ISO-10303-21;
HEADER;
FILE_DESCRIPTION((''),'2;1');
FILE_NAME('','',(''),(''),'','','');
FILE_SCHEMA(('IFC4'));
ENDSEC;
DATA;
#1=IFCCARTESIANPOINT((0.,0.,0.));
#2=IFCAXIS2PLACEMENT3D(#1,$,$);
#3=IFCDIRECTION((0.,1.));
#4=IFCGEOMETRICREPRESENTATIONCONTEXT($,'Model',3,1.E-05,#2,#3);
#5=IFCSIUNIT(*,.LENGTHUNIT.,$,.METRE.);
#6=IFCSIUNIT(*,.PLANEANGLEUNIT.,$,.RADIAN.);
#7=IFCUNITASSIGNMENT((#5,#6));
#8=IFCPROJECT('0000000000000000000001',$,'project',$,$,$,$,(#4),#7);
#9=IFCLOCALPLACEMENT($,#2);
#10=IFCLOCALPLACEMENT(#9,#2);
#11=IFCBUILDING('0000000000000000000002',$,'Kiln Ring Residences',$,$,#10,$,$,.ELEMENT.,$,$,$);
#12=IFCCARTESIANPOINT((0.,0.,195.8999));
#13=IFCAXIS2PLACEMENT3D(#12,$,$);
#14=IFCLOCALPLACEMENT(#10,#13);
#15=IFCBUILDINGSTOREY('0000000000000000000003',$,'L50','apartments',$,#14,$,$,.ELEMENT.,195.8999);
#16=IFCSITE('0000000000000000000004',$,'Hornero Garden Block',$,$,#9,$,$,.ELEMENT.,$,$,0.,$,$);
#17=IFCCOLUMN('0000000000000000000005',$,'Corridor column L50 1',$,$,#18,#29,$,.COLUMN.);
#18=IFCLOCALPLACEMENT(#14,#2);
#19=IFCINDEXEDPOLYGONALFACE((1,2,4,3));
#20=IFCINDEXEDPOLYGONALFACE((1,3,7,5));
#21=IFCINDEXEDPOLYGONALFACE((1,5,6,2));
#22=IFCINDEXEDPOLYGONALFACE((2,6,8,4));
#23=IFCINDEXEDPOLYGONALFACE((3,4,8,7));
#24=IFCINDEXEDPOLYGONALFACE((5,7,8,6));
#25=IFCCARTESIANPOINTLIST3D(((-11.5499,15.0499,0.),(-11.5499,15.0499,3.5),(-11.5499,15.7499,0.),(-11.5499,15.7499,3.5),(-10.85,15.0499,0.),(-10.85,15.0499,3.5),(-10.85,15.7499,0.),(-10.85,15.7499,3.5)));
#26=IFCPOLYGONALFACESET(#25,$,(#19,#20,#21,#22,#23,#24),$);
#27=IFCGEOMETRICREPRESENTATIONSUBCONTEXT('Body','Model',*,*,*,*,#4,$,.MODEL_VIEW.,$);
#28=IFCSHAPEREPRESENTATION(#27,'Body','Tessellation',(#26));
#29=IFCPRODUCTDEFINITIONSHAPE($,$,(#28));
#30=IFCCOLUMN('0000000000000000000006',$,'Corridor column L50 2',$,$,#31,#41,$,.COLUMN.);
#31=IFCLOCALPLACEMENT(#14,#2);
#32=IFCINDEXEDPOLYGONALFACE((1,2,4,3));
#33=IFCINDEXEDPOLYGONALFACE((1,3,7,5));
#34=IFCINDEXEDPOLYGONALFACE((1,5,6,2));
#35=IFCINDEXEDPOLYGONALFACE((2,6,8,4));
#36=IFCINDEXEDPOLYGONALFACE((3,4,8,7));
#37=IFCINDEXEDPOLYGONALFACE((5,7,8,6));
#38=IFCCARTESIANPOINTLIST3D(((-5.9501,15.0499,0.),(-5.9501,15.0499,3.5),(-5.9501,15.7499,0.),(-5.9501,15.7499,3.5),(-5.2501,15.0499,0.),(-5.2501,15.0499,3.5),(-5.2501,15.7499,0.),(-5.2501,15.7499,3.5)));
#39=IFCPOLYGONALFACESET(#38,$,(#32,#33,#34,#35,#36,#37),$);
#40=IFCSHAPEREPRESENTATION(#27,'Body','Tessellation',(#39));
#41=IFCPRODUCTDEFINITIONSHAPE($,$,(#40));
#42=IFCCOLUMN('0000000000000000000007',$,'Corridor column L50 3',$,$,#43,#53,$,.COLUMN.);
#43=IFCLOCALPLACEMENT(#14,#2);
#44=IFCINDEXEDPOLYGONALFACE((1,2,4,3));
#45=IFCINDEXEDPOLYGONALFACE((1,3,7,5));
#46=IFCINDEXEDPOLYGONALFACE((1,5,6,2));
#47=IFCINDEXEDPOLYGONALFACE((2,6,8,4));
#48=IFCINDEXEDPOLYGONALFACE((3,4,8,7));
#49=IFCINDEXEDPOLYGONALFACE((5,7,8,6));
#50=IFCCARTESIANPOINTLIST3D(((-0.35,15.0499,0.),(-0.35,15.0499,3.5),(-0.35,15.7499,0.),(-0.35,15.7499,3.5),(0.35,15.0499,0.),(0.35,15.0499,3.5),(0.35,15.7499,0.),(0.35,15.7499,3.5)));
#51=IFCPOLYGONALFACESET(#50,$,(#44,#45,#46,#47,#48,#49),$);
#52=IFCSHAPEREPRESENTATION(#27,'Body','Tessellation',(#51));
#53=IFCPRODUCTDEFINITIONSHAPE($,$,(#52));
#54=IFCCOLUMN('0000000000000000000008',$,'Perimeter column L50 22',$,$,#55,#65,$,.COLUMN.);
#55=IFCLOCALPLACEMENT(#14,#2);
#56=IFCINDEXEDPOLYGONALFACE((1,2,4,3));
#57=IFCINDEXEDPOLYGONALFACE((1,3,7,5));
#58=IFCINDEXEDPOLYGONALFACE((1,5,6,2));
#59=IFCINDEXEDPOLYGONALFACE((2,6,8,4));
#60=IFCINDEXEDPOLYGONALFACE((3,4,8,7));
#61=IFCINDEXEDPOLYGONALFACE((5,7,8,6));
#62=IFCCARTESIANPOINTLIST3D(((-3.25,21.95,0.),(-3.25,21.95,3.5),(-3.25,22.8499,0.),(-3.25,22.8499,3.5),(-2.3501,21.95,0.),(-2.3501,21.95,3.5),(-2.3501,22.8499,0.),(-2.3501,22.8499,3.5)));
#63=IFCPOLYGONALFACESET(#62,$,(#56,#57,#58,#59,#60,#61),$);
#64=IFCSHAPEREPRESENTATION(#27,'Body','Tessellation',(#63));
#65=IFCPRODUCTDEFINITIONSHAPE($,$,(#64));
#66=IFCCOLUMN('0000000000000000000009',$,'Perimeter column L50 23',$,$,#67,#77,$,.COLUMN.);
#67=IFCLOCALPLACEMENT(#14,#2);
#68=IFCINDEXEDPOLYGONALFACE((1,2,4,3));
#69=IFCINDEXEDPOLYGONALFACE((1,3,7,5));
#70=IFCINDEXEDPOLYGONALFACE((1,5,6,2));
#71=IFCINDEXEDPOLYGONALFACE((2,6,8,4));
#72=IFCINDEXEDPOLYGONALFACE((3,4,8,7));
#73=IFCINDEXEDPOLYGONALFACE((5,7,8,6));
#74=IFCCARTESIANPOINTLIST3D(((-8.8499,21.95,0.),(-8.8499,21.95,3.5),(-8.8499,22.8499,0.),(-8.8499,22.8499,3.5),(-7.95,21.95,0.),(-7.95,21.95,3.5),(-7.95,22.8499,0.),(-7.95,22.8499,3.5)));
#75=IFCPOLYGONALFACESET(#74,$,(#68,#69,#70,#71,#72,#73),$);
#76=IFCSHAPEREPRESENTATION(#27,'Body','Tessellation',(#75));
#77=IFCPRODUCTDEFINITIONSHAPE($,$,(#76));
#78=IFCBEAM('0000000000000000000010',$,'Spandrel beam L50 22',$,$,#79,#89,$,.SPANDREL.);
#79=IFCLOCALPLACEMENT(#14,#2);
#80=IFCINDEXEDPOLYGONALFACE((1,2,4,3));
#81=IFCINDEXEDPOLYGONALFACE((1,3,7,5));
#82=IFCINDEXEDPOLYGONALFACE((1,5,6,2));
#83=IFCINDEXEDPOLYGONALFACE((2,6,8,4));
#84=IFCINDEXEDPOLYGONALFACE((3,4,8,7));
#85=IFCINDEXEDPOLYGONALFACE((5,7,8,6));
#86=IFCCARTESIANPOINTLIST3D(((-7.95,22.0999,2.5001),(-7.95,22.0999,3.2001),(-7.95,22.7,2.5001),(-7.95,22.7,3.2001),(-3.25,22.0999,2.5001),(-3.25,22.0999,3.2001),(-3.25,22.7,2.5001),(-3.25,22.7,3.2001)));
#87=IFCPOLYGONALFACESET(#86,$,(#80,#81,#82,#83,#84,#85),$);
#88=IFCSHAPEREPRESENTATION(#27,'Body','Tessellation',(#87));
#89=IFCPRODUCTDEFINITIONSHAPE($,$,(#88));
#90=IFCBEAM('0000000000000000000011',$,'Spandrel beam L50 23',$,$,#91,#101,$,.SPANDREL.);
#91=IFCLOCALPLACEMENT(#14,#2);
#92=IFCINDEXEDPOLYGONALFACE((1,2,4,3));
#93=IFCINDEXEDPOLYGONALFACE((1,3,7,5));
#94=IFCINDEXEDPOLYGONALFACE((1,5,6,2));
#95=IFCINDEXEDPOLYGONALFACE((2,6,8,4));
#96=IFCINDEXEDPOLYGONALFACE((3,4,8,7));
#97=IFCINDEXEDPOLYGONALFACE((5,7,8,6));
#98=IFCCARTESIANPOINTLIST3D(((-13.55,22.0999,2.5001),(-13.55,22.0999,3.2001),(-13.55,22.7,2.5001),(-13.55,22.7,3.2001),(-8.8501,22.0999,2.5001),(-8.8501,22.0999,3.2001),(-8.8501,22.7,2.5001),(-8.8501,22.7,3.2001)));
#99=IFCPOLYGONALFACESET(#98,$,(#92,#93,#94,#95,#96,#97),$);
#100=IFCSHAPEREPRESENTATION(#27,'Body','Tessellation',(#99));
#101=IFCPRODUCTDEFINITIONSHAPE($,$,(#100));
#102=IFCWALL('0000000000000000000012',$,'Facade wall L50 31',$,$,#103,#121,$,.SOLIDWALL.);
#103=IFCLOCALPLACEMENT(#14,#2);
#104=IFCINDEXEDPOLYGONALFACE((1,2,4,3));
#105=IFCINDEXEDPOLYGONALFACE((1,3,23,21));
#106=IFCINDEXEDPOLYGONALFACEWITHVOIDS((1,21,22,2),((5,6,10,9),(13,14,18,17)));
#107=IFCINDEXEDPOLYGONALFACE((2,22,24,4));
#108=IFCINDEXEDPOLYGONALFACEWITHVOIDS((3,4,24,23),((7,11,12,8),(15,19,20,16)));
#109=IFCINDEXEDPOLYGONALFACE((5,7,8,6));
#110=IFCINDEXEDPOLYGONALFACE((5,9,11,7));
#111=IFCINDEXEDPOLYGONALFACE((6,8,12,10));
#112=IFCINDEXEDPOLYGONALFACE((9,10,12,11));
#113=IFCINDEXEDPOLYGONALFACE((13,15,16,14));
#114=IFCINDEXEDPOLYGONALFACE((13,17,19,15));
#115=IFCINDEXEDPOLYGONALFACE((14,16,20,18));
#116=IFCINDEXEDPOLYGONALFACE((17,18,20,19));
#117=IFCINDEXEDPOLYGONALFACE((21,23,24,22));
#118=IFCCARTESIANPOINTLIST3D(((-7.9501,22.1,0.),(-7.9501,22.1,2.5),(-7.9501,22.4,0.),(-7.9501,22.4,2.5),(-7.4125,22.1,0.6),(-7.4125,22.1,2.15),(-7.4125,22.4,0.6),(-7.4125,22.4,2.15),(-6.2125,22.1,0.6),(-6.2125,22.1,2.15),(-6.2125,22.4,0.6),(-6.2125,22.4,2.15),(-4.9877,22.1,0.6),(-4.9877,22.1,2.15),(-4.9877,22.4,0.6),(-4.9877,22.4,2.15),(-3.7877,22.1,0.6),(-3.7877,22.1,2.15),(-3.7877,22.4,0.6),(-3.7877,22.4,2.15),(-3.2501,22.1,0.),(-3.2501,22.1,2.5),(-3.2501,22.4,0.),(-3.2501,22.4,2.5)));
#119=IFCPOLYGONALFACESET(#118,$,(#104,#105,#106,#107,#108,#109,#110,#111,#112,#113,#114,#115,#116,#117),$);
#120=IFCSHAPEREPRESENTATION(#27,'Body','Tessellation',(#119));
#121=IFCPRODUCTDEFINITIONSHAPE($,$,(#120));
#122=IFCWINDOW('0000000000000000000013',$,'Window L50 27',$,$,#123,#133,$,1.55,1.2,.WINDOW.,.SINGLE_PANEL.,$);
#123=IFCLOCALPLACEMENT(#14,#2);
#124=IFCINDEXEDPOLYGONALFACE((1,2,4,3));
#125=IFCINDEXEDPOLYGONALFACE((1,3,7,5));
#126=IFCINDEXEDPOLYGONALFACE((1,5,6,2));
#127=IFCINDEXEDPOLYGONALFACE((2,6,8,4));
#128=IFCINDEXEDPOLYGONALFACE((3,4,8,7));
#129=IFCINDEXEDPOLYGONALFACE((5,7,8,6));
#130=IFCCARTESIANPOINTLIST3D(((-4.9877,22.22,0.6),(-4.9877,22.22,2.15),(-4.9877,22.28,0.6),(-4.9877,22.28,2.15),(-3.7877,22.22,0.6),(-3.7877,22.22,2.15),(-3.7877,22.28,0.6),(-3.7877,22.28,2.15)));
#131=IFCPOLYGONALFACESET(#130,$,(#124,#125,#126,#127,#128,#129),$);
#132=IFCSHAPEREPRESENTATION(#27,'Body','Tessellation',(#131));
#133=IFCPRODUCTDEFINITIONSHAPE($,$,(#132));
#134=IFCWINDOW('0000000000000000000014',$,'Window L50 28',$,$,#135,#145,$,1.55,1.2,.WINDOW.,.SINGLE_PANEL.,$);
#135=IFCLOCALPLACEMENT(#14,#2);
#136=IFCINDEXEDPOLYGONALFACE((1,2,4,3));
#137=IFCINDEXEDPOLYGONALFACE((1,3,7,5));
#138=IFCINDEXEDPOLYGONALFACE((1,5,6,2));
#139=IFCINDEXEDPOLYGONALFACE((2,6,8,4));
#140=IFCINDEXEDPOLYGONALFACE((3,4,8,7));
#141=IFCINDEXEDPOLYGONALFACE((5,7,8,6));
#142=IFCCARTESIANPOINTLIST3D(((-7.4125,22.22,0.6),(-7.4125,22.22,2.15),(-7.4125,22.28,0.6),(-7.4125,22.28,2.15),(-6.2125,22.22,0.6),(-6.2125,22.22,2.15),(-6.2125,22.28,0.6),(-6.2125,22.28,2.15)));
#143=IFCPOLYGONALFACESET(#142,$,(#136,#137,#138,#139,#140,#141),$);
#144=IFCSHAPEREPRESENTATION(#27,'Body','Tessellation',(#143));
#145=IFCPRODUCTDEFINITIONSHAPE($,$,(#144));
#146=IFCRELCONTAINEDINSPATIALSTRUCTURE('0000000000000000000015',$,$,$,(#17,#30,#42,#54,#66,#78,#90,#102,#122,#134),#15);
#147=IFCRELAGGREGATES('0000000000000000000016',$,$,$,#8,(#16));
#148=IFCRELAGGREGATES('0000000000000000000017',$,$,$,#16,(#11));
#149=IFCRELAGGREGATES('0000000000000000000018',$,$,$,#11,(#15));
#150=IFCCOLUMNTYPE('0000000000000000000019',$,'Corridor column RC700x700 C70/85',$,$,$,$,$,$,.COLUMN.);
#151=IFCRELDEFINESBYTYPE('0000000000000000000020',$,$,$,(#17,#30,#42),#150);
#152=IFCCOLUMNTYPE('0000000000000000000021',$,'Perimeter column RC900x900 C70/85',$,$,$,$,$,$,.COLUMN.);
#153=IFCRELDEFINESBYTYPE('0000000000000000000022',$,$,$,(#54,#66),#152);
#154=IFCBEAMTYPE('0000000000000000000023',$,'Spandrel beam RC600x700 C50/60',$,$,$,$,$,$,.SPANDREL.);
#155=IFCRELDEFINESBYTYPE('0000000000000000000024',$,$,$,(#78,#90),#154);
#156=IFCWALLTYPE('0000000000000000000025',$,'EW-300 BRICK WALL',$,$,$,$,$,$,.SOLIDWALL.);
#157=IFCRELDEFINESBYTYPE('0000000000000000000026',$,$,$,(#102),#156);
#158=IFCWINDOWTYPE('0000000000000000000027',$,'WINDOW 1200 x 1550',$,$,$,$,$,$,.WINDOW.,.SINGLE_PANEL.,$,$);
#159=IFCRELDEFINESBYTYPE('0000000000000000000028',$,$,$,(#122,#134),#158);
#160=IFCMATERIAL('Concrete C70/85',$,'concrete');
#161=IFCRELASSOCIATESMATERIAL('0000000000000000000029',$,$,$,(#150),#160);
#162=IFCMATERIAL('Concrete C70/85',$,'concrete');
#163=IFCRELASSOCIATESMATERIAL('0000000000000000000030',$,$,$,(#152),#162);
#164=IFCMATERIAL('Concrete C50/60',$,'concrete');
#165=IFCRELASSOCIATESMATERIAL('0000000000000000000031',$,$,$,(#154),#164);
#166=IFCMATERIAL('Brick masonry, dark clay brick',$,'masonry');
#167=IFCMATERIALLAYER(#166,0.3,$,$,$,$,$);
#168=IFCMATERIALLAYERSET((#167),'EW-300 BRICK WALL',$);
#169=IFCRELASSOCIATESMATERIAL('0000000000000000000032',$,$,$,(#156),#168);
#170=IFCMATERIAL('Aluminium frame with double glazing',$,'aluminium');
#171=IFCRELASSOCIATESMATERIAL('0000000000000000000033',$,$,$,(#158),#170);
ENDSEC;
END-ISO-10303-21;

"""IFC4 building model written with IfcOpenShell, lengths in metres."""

from ifc_helpers import new_model, si_unit, direction, frame, frame_2d, origin, origin_2d, place, context, subcontext, project, spatial, rectangle, extrude, material, layer, layer_set, material_profile, profile_set, type_object, element, fill, save


model = new_model("IFC4")

# Units and contexts
model_context = context("Model", 3, precision=1e-05, world=origin(), true_north=direction((0.0, 1.0)))
body_context = subcontext(model_context, "Body", "Model", "MODEL_VIEW")
ifc_project = project(units=[si_unit("LENGTHUNIT", "METRE"), si_unit("PLANEANGLEUNIT", "RADIAN")], contexts=[model_context])

# Site, building, storey
site_placement = place(None, origin())
site = spatial("IfcSite", under=ifc_project, at=site_placement, Name="Hornero Garden Block", CompositionType="ELEMENT", RefElevation=0.0)
building_placement = place(site_placement, origin())
building = spatial("IfcBuilding", under=site, at=building_placement, Name="Kiln Ring Residences", CompositionType="ELEMENT")
storey_placement = place(building_placement, frame((0.0, 0.0, 195.8999)))
storey = spatial("IfcBuildingStorey", under=building, at=storey_placement, Name="L50", Description="apartments", CompositionType="ELEMENT", Elevation=195.8999)

# Columns
ifc_material_1 = material(Name="Concrete C70/85", Category="concrete")
ifc_material_profile_1 = material_profile(ifc_material_1, rectangle(XDim=0.7, YDim=0.7, at=origin_2d()), Name="RC700x700")
ifc_profile_set_1 = profile_set([ifc_material_profile_1], Name="Concrete C70/85")
column_type_1 = type_object("IfcColumnType", Name="Corridor column RC700x700 C70/85", PredefinedType="COLUMN", material=ifc_profile_set_1)
for number, where, z_axis, x_axis, name in (
    (1, (-11.2, 15.3999, 0.0), (0.0, 0.0, 1.0), (1.0, 0.0, 0.0), "Corridor column L50 1"),
    (2, (-5.6001, 15.3999, 0.0), (0.0, 0.0, 1.0), (1.0, 0.0, 0.0), "Corridor column L50 2"),
    (3, (0.0, 15.3999, 0.0), (0.0, 0.0, 1.0), (1.0, 0.0, 0.0), "Corridor column L50 3"),
):
    element("IfcColumn", number, at=place(storey_placement, frame(where, z_axis=z_axis, x_axis=x_axis)), inside=storey, type_object=column_type_1, Name=name, PredefinedType="COLUMN", context=body_context, shape_type="SweptSolid", body=[
        extrude(rectangle(XDim=0.7, YDim=0.7, at=origin_2d()), origin(), (0.0, 0.0, 1.0), 3.5),
    ])
ifc_material_2 = material(Name="Concrete C70/85", Category="concrete")
ifc_material_profile_2 = material_profile(ifc_material_2, rectangle(XDim=0.8999, YDim=0.8999, at=origin_2d()), Name="RC900x900")
ifc_profile_set_2 = profile_set([ifc_material_profile_2], Name="Concrete C70/85")
column_type_2 = type_object("IfcColumnType", Name="Perimeter column RC900x900 C70/85", PredefinedType="COLUMN", material=ifc_profile_set_2)
for number, where, z_axis, x_axis, name in (
    (4, (-2.8, 22.3999, 0.0), (0.0, 0.0, 1.0), (1.0, 0.0, 0.0), "Perimeter column L50 22"),
    (5, (-8.3999, 22.3999, 0.0), (0.0, 0.0, 1.0), (1.0, 0.0, 0.0), "Perimeter column L50 23"),
):
    element("IfcColumn", number, at=place(storey_placement, frame(where, z_axis=z_axis, x_axis=x_axis)), inside=storey, type_object=column_type_2, Name=name, PredefinedType="COLUMN", context=body_context, shape_type="SweptSolid", body=[
        extrude(rectangle(XDim=0.8999, YDim=0.8999, at=origin_2d()), origin(), (0.0, 0.0, 1.0), 3.5),
    ])

# Beams
ifc_material_3 = material(Name="Concrete C50/60", Category="concrete")
ifc_material_profile_3 = material_profile(ifc_material_3, rectangle(XDim=0.6001, YDim=0.7, at=origin_2d()), Name="RC600x700")
ifc_profile_set_3 = profile_set([ifc_material_profile_3], Name="Concrete C50/60")
beam_type = type_object("IfcBeamType", Name="Spandrel beam RC600x700 C50/60", PredefinedType="SPANDREL", material=ifc_profile_set_3)
for number, where, z_axis, x_axis, name in (
    (6, (-3.25, 22.3999, 2.8501), (-1.0, 0.0, 0.0), (0.0, -1.0, 0.0), "Spandrel beam L50 22"),
    (7, (-8.8501, 22.3999, 2.8501), (-1.0, 0.0, 0.0), (0.0, -1.0, 0.0), "Spandrel beam L50 23"),
):
    element("IfcBeam", number, at=place(storey_placement, frame(where, z_axis=z_axis, x_axis=x_axis)), inside=storey, type_object=beam_type, Name=name, PredefinedType="SPANDREL", context=body_context, shape_type="SweptSolid", body=[
        extrude(rectangle(XDim=0.6001, YDim=0.7, at=origin_2d()), origin(), (0.0, 0.0, 1.0), 4.7),
    ])

# Wall, openings, windows
ifc_material_4 = material(Name="Brick masonry, dark clay brick", Category="masonry")
ifc_layer_1 = layer(ifc_material_4, 0.3)
ifc_layer_set_1 = layer_set([ifc_layer_1], Name="EW-300 BRICK WALL")
wall_type_1 = type_object("IfcWallType", Name="EW-300 BRICK WALL", PredefinedType="SOLIDWALL", material=ifc_layer_set_1)
wall_1_placement = place(storey_placement, frame((-3.25, 22.25, 0.0), z_axis=(0.0, 0.0, 1.0), x_axis=(-1.0, 0.0, 0.0)))
wall_1 = element("IfcWall", 8, at=wall_1_placement, inside=storey, type_object=wall_type_1, Name="Facade wall L50 31", PredefinedType="SOLIDWALL", context=body_context, shape_type="SweptSolid", body=[
    extrude(rectangle(XDim=4.7, YDim=0.3, at=frame_2d((2.3501, 0.0))), origin(), (0.0, 0.0, 1.0), 2.5),
])
opening_1_placement = place(wall_1_placement, frame((0.5376, 0.0, 0.6001)))
opening_1 = element("IfcOpeningElement", 9, at=opening_1_placement, cuts=wall_1, PredefinedType="OPENING", context=body_context, shape_type="SweptSolid", body=[
    extrude(rectangle(XDim=1.2, YDim=1.55, at=frame_2d((0.6001, 0.7749))), frame((0.0, 0.1599, 0.0), z_axis=(0.0, -1.0, 0.0), x_axis=(1.0, 0.0, 0.0)), (0.0, 0.0, 1.0), 0.3201),
])
opening_2_placement = place(wall_1_placement, frame((2.9624, 0.0, 0.6001)))
opening_2 = element("IfcOpeningElement", 10, at=opening_2_placement, cuts=wall_1, PredefinedType="OPENING", context=body_context, shape_type="SweptSolid", body=[
    extrude(rectangle(XDim=1.2, YDim=1.55, at=frame_2d((0.6001, 0.7749))), frame((0.0, 0.1599, 0.0), z_axis=(0.0, -1.0, 0.0), x_axis=(1.0, 0.0, 0.0)), (0.0, 0.0, 1.0), 0.3201),
])
ifc_material_5 = material(Name="Aluminium frame with double glazing", Category="aluminium")
window_type = type_object("IfcWindowType", Name="WINDOW 1200 x 1550", PartitioningType="SINGLE_PANEL", PredefinedType="WINDOW", material=ifc_material_5)
window_1_placement = place(opening_1_placement, origin())
window_1 = element("IfcWindow", 11, at=window_1_placement, inside=storey, type_object=window_type, Name="Window L50 27", OverallHeight=1.55, OverallWidth=1.2, PartitioningType="SINGLE_PANEL", PredefinedType="WINDOW", context=body_context, shape_type="SweptSolid", body=[
    extrude(rectangle(XDim=1.2, YDim=1.55, at=frame_2d((0.6001, 0.7749))), frame((0.0, 0.03, 0.0), z_axis=(0.0, -1.0, 0.0), x_axis=(1.0, 0.0, 0.0)), (0.0, 0.0, 1.0), 0.0601),
])
fill(opening_1, window_1)
window_2_placement = place(opening_2_placement, origin())
window_2 = element("IfcWindow", 12, at=window_2_placement, inside=storey, type_object=window_type, Name="Window L50 28", OverallHeight=1.55, OverallWidth=1.2, PartitioningType="SINGLE_PANEL", PredefinedType="WINDOW", context=body_context, shape_type="SweptSolid", body=[
    extrude(rectangle(XDim=1.2, YDim=1.55, at=frame_2d((0.6001, 0.7749))), frame((0.0, 0.03, 0.0), z_axis=(0.0, -1.0, 0.0), x_axis=(1.0, 0.0, 0.0)), (0.0, 0.0, 1.0), 0.0601),
])
fill(opening_2, window_2)

save(model, "model.ifc")
